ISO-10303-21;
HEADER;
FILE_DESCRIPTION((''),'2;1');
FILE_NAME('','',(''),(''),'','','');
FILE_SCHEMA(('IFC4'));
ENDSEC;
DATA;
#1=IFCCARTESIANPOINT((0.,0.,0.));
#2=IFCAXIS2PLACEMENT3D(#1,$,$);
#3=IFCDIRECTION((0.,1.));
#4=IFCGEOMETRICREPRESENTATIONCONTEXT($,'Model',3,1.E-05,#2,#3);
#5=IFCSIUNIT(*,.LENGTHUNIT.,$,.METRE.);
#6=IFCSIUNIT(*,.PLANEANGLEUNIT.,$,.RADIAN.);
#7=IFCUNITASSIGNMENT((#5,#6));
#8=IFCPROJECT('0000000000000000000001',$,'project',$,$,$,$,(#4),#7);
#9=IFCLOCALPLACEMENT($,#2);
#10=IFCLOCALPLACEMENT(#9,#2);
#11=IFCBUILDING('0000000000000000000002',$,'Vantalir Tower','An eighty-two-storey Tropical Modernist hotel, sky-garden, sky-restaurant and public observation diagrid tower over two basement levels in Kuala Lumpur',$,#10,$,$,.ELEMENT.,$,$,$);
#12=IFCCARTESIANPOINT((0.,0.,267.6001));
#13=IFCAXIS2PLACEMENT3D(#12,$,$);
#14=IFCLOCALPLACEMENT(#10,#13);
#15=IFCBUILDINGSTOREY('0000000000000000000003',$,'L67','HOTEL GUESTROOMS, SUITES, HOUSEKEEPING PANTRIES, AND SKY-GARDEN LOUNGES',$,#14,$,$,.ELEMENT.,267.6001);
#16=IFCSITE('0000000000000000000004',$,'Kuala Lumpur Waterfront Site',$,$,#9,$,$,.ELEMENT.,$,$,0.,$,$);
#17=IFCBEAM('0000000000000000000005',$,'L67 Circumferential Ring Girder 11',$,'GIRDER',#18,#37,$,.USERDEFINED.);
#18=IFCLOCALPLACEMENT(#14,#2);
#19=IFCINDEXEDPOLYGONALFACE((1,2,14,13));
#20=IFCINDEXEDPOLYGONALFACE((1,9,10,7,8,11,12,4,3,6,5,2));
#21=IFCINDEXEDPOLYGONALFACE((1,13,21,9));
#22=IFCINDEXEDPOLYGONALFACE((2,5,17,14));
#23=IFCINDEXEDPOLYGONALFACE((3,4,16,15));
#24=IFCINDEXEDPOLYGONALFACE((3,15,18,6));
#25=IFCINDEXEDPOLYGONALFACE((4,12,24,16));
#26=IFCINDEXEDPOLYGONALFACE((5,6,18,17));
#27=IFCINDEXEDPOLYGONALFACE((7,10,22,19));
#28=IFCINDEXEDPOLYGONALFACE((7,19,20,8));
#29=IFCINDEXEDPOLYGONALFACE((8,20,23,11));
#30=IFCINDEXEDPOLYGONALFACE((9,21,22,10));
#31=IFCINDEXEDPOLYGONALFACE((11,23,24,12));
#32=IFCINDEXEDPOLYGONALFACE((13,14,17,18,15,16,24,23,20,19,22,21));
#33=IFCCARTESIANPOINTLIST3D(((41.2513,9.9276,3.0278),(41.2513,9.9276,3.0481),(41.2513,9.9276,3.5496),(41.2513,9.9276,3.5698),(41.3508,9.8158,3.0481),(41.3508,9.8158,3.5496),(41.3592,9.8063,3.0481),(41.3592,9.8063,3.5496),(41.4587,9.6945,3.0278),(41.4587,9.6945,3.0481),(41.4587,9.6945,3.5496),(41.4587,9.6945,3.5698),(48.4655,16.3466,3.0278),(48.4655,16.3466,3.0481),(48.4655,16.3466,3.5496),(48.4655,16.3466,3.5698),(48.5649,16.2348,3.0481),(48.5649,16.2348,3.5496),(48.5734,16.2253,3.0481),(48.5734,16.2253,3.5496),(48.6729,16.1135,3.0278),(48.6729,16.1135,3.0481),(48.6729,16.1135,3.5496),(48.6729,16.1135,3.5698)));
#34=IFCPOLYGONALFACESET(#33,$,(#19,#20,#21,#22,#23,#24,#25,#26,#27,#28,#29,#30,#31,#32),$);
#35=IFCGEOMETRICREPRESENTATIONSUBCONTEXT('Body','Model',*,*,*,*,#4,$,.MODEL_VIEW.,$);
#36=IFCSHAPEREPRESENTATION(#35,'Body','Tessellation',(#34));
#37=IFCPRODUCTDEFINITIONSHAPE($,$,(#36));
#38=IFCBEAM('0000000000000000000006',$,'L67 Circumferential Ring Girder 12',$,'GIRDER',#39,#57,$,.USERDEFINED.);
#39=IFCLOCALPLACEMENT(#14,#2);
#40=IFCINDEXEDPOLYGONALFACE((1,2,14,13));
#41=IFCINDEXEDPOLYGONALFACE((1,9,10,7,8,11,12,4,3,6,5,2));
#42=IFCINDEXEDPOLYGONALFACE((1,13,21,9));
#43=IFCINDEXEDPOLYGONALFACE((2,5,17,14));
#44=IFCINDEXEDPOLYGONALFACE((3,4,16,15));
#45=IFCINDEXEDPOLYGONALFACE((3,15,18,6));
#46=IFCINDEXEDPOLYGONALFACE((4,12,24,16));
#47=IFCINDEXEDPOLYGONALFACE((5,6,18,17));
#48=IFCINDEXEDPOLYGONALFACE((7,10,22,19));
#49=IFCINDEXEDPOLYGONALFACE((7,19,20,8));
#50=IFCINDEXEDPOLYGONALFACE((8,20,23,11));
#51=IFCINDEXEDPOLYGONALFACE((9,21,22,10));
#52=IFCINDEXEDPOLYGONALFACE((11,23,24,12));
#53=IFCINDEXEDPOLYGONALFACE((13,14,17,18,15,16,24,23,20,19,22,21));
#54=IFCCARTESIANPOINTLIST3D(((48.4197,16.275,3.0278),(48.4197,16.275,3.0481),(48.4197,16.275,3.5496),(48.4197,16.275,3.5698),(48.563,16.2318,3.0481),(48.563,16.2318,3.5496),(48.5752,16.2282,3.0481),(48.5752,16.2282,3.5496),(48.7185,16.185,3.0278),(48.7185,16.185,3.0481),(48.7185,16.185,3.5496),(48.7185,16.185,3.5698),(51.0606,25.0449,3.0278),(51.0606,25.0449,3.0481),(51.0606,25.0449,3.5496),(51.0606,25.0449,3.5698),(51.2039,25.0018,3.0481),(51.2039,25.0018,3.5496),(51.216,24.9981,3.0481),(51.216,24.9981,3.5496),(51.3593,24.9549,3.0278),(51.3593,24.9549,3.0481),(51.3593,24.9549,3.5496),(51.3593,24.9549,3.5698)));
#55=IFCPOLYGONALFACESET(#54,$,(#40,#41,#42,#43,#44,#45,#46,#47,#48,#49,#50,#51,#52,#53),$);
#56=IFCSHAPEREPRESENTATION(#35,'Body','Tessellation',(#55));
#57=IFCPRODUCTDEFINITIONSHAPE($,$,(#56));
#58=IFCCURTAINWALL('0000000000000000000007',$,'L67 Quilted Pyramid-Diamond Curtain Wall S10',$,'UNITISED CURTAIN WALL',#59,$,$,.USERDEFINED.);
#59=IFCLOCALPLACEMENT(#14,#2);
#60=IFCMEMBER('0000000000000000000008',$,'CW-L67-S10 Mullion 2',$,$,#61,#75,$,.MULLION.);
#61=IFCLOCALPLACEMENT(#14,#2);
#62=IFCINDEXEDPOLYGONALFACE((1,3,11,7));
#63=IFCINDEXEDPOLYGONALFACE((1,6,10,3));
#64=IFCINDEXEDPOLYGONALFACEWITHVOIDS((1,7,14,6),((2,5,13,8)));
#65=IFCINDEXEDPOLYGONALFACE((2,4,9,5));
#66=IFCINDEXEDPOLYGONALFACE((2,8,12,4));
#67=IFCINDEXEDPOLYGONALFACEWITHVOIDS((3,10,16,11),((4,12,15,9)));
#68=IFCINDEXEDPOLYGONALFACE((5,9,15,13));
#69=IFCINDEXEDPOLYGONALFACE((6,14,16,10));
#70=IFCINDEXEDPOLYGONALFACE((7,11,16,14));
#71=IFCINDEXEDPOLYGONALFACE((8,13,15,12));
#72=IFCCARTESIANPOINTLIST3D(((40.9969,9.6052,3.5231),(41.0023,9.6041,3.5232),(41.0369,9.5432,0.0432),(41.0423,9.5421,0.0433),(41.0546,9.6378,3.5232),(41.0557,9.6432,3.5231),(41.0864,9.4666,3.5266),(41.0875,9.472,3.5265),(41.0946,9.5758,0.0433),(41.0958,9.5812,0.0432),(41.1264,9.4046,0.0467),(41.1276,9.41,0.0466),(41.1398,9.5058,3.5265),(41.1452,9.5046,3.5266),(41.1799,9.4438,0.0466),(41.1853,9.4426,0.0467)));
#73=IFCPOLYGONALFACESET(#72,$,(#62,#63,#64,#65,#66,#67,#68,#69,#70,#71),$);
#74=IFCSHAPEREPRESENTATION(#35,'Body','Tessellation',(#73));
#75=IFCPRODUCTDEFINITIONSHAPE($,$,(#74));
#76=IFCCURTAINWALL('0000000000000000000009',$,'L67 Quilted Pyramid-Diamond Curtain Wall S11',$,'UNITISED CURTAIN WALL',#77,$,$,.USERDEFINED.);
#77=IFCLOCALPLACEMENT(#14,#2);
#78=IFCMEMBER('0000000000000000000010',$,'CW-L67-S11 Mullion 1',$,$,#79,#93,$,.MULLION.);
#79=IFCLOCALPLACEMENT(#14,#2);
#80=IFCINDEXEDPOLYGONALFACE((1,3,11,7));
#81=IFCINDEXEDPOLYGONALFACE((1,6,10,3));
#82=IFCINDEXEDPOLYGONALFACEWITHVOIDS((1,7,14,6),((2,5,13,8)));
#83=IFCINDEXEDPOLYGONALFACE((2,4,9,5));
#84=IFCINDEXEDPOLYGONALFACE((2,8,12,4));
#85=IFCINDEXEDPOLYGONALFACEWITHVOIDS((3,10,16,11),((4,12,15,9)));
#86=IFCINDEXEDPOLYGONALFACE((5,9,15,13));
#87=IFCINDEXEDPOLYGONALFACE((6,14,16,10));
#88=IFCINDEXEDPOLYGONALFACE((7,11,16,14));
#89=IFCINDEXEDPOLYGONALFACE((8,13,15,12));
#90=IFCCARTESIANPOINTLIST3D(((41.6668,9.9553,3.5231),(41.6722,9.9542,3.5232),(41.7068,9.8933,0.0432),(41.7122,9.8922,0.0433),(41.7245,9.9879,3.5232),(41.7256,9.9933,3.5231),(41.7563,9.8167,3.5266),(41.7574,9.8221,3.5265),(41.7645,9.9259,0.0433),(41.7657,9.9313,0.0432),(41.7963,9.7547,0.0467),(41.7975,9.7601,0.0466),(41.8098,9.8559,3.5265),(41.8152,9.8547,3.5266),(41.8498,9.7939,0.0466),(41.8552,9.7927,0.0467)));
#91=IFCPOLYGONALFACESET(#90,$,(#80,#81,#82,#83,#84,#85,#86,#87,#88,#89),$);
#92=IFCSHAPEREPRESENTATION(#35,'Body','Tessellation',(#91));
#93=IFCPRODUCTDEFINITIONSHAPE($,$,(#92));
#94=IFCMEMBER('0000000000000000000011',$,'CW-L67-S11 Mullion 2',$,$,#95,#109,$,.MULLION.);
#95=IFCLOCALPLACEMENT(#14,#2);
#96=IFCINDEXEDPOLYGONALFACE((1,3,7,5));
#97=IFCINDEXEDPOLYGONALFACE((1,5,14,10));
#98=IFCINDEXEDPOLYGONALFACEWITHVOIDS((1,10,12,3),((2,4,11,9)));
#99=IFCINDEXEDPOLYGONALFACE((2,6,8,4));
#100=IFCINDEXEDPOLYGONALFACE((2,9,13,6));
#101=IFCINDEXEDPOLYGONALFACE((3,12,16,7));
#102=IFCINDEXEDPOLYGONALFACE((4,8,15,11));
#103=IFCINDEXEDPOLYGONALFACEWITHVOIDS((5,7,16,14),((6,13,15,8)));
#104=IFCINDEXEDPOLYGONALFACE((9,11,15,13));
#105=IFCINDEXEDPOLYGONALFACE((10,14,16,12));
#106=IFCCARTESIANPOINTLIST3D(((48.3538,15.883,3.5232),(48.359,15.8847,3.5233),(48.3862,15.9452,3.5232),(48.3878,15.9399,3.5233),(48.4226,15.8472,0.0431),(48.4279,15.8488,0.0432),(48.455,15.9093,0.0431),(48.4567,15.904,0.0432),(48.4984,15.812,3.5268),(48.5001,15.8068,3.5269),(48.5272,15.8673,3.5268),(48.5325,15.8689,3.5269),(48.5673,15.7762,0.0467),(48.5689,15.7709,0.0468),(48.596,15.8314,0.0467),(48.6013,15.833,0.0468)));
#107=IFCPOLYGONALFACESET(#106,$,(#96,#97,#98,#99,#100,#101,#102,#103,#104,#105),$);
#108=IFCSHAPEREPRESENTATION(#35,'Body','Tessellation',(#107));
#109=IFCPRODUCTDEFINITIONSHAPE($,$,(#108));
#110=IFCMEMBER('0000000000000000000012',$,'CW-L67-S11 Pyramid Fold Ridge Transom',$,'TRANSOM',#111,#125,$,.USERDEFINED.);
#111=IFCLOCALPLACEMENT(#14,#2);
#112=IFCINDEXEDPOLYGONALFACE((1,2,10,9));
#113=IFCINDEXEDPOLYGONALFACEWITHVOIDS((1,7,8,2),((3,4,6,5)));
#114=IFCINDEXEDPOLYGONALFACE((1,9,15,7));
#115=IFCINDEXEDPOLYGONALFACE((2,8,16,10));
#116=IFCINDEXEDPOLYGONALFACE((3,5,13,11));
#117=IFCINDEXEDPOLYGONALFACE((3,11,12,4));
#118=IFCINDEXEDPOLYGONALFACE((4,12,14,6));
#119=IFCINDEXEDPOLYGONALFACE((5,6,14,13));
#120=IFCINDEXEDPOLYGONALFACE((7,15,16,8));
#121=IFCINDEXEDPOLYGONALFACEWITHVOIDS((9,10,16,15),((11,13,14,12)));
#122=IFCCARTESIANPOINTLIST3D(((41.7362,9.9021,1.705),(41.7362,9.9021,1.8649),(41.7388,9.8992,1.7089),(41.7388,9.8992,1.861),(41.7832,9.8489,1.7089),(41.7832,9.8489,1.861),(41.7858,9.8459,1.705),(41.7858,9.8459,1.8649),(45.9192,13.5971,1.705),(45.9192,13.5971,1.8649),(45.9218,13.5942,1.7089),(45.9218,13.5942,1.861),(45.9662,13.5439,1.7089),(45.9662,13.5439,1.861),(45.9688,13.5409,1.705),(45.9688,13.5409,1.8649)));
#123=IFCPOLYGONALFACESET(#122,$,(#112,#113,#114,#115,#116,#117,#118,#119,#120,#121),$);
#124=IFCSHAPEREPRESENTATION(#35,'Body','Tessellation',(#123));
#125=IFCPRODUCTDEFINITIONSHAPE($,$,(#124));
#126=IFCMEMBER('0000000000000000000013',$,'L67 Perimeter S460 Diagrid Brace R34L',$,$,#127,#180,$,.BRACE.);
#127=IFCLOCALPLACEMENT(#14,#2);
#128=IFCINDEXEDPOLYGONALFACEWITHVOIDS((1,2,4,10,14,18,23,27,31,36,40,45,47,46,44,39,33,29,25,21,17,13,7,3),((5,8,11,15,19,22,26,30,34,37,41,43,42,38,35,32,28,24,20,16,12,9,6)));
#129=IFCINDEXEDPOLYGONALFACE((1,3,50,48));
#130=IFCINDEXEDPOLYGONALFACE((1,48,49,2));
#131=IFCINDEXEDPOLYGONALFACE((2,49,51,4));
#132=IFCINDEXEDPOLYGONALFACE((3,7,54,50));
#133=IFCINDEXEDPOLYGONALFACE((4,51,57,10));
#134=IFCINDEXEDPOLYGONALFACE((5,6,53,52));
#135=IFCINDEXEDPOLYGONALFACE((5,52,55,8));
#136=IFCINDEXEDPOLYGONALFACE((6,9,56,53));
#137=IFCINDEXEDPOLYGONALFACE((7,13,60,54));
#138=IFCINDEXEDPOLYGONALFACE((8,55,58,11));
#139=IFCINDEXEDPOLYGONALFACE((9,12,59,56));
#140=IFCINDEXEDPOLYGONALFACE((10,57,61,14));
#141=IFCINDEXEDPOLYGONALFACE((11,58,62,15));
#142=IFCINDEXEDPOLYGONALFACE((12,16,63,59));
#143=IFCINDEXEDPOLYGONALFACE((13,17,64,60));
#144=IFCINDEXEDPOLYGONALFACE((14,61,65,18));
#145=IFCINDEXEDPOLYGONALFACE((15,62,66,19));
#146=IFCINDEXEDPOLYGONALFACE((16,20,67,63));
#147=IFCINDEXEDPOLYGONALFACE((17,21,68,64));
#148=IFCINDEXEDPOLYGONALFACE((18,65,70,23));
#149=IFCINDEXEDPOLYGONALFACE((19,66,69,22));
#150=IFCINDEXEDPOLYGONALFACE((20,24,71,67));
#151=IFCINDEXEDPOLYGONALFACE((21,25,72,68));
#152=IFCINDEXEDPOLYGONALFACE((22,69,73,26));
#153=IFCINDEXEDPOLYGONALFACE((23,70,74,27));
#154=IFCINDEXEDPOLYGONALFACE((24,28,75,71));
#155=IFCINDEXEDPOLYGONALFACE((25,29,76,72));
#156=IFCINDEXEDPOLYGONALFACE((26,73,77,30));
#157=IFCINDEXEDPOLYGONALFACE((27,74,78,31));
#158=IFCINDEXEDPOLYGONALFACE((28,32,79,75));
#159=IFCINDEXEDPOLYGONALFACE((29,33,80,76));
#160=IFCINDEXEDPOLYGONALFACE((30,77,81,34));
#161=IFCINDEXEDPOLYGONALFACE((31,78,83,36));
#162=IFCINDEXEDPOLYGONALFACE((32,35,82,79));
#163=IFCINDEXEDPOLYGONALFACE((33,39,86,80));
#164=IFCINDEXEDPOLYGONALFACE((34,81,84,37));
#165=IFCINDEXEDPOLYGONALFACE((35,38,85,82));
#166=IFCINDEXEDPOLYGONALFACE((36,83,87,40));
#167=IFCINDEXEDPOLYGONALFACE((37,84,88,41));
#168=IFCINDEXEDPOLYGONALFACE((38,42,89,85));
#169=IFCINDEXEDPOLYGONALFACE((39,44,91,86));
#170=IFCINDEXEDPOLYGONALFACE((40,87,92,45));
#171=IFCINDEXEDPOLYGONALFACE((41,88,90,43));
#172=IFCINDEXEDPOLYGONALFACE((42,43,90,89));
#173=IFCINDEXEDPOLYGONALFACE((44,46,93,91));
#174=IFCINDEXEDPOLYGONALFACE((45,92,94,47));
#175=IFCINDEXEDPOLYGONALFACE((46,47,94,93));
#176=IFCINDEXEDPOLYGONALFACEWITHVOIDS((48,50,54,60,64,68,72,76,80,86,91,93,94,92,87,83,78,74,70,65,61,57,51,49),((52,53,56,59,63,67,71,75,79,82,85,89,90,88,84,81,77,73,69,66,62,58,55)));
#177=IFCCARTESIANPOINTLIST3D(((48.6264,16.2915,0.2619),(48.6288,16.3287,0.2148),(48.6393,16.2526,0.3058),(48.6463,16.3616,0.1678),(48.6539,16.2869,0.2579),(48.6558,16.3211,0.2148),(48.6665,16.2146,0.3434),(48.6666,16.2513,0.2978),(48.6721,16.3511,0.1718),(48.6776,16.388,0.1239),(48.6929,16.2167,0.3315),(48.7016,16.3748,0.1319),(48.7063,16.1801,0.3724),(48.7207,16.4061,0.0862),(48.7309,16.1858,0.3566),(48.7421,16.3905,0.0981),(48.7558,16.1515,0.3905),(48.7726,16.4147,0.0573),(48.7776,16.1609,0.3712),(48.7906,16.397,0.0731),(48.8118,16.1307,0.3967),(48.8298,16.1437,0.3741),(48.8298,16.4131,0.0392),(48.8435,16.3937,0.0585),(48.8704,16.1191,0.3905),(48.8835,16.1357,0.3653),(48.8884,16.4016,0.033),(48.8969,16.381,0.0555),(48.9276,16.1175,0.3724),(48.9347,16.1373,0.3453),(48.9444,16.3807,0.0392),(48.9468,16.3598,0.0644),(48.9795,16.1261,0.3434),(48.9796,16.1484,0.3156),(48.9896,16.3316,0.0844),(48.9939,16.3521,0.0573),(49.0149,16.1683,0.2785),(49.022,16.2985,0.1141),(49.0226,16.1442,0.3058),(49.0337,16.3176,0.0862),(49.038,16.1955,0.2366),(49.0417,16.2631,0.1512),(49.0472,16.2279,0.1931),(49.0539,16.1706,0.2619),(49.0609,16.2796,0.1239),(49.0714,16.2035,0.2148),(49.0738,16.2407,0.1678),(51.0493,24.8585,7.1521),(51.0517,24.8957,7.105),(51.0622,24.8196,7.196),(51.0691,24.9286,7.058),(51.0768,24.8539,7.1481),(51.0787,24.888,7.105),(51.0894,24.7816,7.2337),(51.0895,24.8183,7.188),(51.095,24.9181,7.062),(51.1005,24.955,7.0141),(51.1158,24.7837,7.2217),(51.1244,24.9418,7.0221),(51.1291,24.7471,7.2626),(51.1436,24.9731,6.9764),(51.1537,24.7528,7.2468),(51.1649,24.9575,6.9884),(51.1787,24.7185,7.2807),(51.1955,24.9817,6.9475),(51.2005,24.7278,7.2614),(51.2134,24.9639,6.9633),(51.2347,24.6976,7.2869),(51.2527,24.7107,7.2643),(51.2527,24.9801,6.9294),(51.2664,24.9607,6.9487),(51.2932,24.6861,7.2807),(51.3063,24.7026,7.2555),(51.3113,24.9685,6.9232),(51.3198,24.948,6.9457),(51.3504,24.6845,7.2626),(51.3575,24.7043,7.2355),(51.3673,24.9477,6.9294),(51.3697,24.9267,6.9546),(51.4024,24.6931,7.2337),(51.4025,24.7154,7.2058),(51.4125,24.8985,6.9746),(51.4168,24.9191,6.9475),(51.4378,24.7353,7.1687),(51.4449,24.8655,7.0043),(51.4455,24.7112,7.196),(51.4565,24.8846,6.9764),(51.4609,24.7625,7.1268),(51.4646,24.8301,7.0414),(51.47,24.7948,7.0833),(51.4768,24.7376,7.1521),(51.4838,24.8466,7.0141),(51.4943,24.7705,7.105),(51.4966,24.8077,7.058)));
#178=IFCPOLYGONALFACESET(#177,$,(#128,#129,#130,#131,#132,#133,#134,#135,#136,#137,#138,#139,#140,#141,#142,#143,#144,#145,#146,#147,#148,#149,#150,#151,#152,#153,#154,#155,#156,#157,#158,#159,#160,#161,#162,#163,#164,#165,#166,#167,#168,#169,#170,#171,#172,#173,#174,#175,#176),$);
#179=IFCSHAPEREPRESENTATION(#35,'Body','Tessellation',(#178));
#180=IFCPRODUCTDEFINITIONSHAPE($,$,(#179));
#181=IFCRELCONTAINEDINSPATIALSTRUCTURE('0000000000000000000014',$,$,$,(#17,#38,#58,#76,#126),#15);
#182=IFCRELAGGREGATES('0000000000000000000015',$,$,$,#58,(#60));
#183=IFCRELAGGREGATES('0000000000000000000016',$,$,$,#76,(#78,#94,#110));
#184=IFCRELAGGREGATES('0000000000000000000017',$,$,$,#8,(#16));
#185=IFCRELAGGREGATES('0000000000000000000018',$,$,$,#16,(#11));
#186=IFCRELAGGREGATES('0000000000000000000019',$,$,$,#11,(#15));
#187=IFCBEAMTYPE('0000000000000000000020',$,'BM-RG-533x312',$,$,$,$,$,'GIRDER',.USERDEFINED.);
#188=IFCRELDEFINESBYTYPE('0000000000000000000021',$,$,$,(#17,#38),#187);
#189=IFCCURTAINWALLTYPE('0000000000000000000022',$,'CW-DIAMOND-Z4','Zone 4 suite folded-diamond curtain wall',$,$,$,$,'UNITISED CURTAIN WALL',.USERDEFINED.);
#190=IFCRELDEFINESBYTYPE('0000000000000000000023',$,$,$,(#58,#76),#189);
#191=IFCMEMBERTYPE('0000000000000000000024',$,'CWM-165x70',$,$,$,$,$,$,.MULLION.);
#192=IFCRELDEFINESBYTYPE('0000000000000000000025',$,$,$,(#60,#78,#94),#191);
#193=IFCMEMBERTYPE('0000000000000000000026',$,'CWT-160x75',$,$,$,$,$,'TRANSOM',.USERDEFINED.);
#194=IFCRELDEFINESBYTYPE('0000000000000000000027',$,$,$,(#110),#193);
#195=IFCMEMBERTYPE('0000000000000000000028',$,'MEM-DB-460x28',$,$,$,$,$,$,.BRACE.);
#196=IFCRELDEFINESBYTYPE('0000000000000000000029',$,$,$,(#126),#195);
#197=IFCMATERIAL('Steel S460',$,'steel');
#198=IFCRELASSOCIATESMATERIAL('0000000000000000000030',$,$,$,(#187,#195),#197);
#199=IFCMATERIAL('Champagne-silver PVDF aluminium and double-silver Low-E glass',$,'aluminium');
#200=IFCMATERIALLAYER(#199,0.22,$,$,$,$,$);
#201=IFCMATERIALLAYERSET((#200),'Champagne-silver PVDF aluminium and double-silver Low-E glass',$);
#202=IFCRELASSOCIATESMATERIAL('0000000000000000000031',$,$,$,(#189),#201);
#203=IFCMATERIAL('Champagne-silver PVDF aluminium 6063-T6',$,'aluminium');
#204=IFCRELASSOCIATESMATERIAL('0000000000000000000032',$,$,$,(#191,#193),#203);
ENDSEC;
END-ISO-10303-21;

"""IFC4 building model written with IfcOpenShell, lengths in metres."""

from ifc_helpers import new_model, si_unit, direction, frame, origin, origin_2d, place, context, subcontext, project, spatial, hollow_rectangle, hollow_circle, i_section, extrude, material, layer, layer_set, material_profile, profile_set, type_object, element, aggregate, save


model = new_model("IFC4")

# Units and contexts
model_context = context("Model", 3, precision=1e-05, world=origin(), true_north=direction((0.0, 1.0)))
body_context = subcontext(model_context, "Body", "Model", "MODEL_VIEW")
ifc_project = project(units=[si_unit("LENGTHUNIT", "METRE"), si_unit("PLANEANGLEUNIT", "RADIAN")], contexts=[model_context])

# Site, building, storey
site_placement = place(None, origin())
site = spatial("IfcSite", under=ifc_project, at=site_placement, Name="Kuala Lumpur Waterfront Site", CompositionType="ELEMENT", RefElevation=0.0)
building_placement = place(site_placement, origin())
building = spatial("IfcBuilding", under=site, at=building_placement, Name="Vantalir Tower", Description="An eighty-two-storey Tropical Modernist hotel, sky-garden, sky-restaurant and public observation diagrid tower over two basement levels in Kuala Lumpur", CompositionType="ELEMENT")
storey_placement = place(building_placement, frame((0.0, 0.0, 267.6001)))
storey = spatial("IfcBuildingStorey", under=building, at=storey_placement, Name="L67", Description="HOTEL GUESTROOMS, SUITES, HOUSEKEEPING PANTRIES, AND SKY-GARDEN LOUNGES", CompositionType="ELEMENT", Elevation=267.6001)

# Shared definitions
ifc_material_1 = material(Name="Steel S460", Category="steel")

# Beams
ifc_material_profile_1 = material_profile(ifc_material_1, i_section(OverallWidth=0.312, OverallDepth=0.542, WebThickness=0.0127, FlangeThickness=0.0203, at=origin_2d()), Name="Steel S460")
ifc_profile_set_1 = profile_set([ifc_material_profile_1], Name="Steel S460")
beam_type_1 = type_object("IfcBeamType", Name="BM-RG-533x312", ElementType="GIRDER", PredefinedType="USERDEFINED", material=ifc_profile_set_1)
beam_1_placement = place(storey_placement, frame((41.355, 9.811, 3.2988), z_axis=(0.74708, 0.664734, 0.0), x_axis=(-0.664734, 0.74708, 0.0)))
element("IfcBeam", 1, at=beam_1_placement, inside=storey, type_object=beam_type_1, Name="L67 Circumferential Ring Girder 11", ObjectType="GIRDER", PredefinedType="USERDEFINED", context=body_context, shape_type="SweptSolid", body=[
    extrude(i_section(OverallWidth=0.312, OverallDepth=0.542, WebThickness=0.0127, FlangeThickness=0.0203, at=origin_2d()), origin(), (0.0, 0.0, 1.0), 9.6565),
])
beam_2_placement = place(storey_placement, frame((48.5691, 16.23, 3.2988), z_axis=(0.288336, 0.957529, 0.0), x_axis=(-0.957529, 0.288336, 0.0)))
element("IfcBeam", 2, at=beam_2_placement, inside=storey, type_object=beam_type_1, Name="L67 Circumferential Ring Girder 12", ObjectType="GIRDER", PredefinedType="USERDEFINED", context=body_context, shape_type="SweptSolid", body=[
    extrude(i_section(OverallWidth=0.312, OverallDepth=0.542, WebThickness=0.0127, FlangeThickness=0.0203, at=origin_2d()), origin(), (0.0, 0.0, 1.0), 9.1589),
])

# Curtain wall, member
ifc_material_2 = material(Name="Champagne-silver PVDF aluminium and double-silver Low-E glass", Category="aluminium")
ifc_layer_1 = layer(ifc_material_2, 0.22)
ifc_layer_set_1 = layer_set([ifc_layer_1], Name="Champagne-silver PVDF aluminium and double-silver Low-E glass")
curtain_wall_type = type_object("IfcCurtainWallType", Name="CW-DIAMOND-Z4", Description="Zone 4 suite folded-diamond curtain wall", ElementType="UNITISED CURTAIN WALL", PredefinedType="USERDEFINED", material=ifc_layer_set_1)
curtain_wall_1_placement = place(storey_placement, origin())
curtain_wall_1 = element("IfcCurtainWall", 3, at=curtain_wall_1_placement, inside=storey, type_object=curtain_wall_type, Name="L67 Quilted Pyramid-Diamond Curtain Wall S10", ObjectType="UNITISED CURTAIN WALL", PredefinedType="USERDEFINED")
ifc_material_3 = material(Name="Champagne-silver PVDF aluminium 6063-T6", Category="aluminium")
ifc_material_profile_2 = material_profile(ifc_material_3, hollow_rectangle(XDim=0.0701, YDim=0.165, WallThickness=0.0039, at=origin_2d()), Name="Champagne-silver PVDF aluminium 6063-T6")
ifc_profile_set_2 = profile_set([ifc_material_profile_2], Name="Champagne-silver PVDF aluminium 6063-T6")
member_type_1 = type_object("IfcMemberType", Name="CWM-165x70", PredefinedType="MULLION", material=ifc_profile_set_2)
member_1_placement = place(storey_placement, frame((41.1111, 9.4929, 0.0449), z_axis=(-0.011503, 0.017816, 0.999775), x_axis=(-0.840102, -0.542428, 0.0)))
member_1 = element("IfcMember", 4, at=member_1_placement, type_object=member_type_1, Name="CW-L67-S10 Mullion 2", PredefinedType="MULLION", context=body_context, shape_type="SweptSolid", body=[
    extrude(hollow_rectangle(XDim=0.0701, YDim=0.165, WallThickness=0.0039, at=origin_2d()), origin(), (0.0, 0.0, 1.0), 3.4807),
])
aggregate(curtain_wall_1, [member_1])

# Curtain wall, members
curtain_wall_2_placement = place(storey_placement, origin())
curtain_wall_2 = element("IfcCurtainWall", 5, at=curtain_wall_2_placement, inside=storey, type_object=curtain_wall_type, Name="L67 Quilted Pyramid-Diamond Curtain Wall S11", ObjectType="UNITISED CURTAIN WALL", PredefinedType="USERDEFINED")
member_2_placement = place(storey_placement, frame((41.781, 9.843, 0.0449), z_axis=(-0.011503, 0.017816, 0.999775), x_axis=(-0.840102, -0.542428, 0.0)))
member_2 = element("IfcMember", 6, at=member_2_placement, type_object=member_type_1, Name="CW-L67-S11 Mullion 1", PredefinedType="MULLION", context=body_context, shape_type="SweptSolid", body=[
    extrude(hollow_rectangle(XDim=0.0701, YDim=0.165, WallThickness=0.0039, at=origin_2d()), origin(), (0.0, 0.0, 1.0), 3.4807),
])
member_3_placement = place(storey_placement, frame((48.512, 15.8401, 0.0449), z_axis=(-0.019779, 0.01031, 0.999751), x_axis=(-0.462244, -0.886753, 0.0)))
member_3 = element("IfcMember", 7, at=member_3_placement, type_object=member_type_1, Name="CW-L67-S11 Mullion 2", PredefinedType="MULLION", context=body_context, shape_type="SweptSolid", body=[
    extrude(hollow_rectangle(XDim=0.0701, YDim=0.165, WallThickness=0.0039, at=origin_2d()), origin(), (0.0, 0.0, 1.0), 3.481),
])
ifc_material_profile_3 = material_profile(ifc_material_3, hollow_rectangle(XDim=0.075, YDim=0.1599, WallThickness=0.0039, at=origin_2d()), Name="Champagne-silver PVDF aluminium 6063-T6")
ifc_profile_set_3 = profile_set([ifc_material_profile_3], Name="Champagne-silver PVDF aluminium 6063-T6")
member_type_2 = type_object("IfcMemberType", Name="CWT-160x75", ElementType="TRANSOM", PredefinedType="USERDEFINED", material=ifc_profile_set_3)
member_4_placement = place(storey_placement, frame((41.761, 9.874, 1.7849), z_axis=(0.749474, 0.662034, 0.0), x_axis=(-0.662034, 0.749474, 0.0)))
member_4 = element("IfcMember", 8, at=member_4_placement, type_object=member_type_2, Name="CW-L67-S11 Pyramid Fold Ridge Transom", ObjectType="TRANSOM", PredefinedType="USERDEFINED", context=body_context, shape_type="SweptSolid", body=[
    extrude(hollow_rectangle(XDim=0.075, YDim=0.1599, WallThickness=0.0039, at=origin_2d()), origin(), (0.0, 0.0, 1.0), 5.5813),
])

# Member
ifc_material_profile_4 = material_profile(ifc_material_1, hollow_circle(Radius=0.23, WallThickness=0.0281, at=origin_2d()), Name="Steel S460")
ifc_profile_set_4 = profile_set([ifc_material_profile_4], Name="Steel S460")
member_type_3 = type_object("IfcMemberType", Name="MEM-DB-460x28", PredefinedType="BRACE", material=ifc_profile_set_4)
member_5_placement = place(storey_placement, frame((48.8501, 16.2661, 0.2148), z_axis=(0.215217, 0.760981, 0.612038), x_axis=(-0.962257, 0.272141, 0.0)))
element("IfcMember", 9, at=member_5_placement, inside=storey, type_object=member_type_3, Name="L67 Perimeter S460 Diagrid Brace R34L", PredefinedType="BRACE", context=body_context, shape_type="SweptSolid", body=[
    extrude(hollow_circle(Radius=0.23, WallThickness=0.0281, at=origin_2d()), origin(), (0.0, 0.0, 1.0), 11.2578),
])

aggregate(curtain_wall_2, [member_2, member_3, member_4])

save(model, "model.ifc")
